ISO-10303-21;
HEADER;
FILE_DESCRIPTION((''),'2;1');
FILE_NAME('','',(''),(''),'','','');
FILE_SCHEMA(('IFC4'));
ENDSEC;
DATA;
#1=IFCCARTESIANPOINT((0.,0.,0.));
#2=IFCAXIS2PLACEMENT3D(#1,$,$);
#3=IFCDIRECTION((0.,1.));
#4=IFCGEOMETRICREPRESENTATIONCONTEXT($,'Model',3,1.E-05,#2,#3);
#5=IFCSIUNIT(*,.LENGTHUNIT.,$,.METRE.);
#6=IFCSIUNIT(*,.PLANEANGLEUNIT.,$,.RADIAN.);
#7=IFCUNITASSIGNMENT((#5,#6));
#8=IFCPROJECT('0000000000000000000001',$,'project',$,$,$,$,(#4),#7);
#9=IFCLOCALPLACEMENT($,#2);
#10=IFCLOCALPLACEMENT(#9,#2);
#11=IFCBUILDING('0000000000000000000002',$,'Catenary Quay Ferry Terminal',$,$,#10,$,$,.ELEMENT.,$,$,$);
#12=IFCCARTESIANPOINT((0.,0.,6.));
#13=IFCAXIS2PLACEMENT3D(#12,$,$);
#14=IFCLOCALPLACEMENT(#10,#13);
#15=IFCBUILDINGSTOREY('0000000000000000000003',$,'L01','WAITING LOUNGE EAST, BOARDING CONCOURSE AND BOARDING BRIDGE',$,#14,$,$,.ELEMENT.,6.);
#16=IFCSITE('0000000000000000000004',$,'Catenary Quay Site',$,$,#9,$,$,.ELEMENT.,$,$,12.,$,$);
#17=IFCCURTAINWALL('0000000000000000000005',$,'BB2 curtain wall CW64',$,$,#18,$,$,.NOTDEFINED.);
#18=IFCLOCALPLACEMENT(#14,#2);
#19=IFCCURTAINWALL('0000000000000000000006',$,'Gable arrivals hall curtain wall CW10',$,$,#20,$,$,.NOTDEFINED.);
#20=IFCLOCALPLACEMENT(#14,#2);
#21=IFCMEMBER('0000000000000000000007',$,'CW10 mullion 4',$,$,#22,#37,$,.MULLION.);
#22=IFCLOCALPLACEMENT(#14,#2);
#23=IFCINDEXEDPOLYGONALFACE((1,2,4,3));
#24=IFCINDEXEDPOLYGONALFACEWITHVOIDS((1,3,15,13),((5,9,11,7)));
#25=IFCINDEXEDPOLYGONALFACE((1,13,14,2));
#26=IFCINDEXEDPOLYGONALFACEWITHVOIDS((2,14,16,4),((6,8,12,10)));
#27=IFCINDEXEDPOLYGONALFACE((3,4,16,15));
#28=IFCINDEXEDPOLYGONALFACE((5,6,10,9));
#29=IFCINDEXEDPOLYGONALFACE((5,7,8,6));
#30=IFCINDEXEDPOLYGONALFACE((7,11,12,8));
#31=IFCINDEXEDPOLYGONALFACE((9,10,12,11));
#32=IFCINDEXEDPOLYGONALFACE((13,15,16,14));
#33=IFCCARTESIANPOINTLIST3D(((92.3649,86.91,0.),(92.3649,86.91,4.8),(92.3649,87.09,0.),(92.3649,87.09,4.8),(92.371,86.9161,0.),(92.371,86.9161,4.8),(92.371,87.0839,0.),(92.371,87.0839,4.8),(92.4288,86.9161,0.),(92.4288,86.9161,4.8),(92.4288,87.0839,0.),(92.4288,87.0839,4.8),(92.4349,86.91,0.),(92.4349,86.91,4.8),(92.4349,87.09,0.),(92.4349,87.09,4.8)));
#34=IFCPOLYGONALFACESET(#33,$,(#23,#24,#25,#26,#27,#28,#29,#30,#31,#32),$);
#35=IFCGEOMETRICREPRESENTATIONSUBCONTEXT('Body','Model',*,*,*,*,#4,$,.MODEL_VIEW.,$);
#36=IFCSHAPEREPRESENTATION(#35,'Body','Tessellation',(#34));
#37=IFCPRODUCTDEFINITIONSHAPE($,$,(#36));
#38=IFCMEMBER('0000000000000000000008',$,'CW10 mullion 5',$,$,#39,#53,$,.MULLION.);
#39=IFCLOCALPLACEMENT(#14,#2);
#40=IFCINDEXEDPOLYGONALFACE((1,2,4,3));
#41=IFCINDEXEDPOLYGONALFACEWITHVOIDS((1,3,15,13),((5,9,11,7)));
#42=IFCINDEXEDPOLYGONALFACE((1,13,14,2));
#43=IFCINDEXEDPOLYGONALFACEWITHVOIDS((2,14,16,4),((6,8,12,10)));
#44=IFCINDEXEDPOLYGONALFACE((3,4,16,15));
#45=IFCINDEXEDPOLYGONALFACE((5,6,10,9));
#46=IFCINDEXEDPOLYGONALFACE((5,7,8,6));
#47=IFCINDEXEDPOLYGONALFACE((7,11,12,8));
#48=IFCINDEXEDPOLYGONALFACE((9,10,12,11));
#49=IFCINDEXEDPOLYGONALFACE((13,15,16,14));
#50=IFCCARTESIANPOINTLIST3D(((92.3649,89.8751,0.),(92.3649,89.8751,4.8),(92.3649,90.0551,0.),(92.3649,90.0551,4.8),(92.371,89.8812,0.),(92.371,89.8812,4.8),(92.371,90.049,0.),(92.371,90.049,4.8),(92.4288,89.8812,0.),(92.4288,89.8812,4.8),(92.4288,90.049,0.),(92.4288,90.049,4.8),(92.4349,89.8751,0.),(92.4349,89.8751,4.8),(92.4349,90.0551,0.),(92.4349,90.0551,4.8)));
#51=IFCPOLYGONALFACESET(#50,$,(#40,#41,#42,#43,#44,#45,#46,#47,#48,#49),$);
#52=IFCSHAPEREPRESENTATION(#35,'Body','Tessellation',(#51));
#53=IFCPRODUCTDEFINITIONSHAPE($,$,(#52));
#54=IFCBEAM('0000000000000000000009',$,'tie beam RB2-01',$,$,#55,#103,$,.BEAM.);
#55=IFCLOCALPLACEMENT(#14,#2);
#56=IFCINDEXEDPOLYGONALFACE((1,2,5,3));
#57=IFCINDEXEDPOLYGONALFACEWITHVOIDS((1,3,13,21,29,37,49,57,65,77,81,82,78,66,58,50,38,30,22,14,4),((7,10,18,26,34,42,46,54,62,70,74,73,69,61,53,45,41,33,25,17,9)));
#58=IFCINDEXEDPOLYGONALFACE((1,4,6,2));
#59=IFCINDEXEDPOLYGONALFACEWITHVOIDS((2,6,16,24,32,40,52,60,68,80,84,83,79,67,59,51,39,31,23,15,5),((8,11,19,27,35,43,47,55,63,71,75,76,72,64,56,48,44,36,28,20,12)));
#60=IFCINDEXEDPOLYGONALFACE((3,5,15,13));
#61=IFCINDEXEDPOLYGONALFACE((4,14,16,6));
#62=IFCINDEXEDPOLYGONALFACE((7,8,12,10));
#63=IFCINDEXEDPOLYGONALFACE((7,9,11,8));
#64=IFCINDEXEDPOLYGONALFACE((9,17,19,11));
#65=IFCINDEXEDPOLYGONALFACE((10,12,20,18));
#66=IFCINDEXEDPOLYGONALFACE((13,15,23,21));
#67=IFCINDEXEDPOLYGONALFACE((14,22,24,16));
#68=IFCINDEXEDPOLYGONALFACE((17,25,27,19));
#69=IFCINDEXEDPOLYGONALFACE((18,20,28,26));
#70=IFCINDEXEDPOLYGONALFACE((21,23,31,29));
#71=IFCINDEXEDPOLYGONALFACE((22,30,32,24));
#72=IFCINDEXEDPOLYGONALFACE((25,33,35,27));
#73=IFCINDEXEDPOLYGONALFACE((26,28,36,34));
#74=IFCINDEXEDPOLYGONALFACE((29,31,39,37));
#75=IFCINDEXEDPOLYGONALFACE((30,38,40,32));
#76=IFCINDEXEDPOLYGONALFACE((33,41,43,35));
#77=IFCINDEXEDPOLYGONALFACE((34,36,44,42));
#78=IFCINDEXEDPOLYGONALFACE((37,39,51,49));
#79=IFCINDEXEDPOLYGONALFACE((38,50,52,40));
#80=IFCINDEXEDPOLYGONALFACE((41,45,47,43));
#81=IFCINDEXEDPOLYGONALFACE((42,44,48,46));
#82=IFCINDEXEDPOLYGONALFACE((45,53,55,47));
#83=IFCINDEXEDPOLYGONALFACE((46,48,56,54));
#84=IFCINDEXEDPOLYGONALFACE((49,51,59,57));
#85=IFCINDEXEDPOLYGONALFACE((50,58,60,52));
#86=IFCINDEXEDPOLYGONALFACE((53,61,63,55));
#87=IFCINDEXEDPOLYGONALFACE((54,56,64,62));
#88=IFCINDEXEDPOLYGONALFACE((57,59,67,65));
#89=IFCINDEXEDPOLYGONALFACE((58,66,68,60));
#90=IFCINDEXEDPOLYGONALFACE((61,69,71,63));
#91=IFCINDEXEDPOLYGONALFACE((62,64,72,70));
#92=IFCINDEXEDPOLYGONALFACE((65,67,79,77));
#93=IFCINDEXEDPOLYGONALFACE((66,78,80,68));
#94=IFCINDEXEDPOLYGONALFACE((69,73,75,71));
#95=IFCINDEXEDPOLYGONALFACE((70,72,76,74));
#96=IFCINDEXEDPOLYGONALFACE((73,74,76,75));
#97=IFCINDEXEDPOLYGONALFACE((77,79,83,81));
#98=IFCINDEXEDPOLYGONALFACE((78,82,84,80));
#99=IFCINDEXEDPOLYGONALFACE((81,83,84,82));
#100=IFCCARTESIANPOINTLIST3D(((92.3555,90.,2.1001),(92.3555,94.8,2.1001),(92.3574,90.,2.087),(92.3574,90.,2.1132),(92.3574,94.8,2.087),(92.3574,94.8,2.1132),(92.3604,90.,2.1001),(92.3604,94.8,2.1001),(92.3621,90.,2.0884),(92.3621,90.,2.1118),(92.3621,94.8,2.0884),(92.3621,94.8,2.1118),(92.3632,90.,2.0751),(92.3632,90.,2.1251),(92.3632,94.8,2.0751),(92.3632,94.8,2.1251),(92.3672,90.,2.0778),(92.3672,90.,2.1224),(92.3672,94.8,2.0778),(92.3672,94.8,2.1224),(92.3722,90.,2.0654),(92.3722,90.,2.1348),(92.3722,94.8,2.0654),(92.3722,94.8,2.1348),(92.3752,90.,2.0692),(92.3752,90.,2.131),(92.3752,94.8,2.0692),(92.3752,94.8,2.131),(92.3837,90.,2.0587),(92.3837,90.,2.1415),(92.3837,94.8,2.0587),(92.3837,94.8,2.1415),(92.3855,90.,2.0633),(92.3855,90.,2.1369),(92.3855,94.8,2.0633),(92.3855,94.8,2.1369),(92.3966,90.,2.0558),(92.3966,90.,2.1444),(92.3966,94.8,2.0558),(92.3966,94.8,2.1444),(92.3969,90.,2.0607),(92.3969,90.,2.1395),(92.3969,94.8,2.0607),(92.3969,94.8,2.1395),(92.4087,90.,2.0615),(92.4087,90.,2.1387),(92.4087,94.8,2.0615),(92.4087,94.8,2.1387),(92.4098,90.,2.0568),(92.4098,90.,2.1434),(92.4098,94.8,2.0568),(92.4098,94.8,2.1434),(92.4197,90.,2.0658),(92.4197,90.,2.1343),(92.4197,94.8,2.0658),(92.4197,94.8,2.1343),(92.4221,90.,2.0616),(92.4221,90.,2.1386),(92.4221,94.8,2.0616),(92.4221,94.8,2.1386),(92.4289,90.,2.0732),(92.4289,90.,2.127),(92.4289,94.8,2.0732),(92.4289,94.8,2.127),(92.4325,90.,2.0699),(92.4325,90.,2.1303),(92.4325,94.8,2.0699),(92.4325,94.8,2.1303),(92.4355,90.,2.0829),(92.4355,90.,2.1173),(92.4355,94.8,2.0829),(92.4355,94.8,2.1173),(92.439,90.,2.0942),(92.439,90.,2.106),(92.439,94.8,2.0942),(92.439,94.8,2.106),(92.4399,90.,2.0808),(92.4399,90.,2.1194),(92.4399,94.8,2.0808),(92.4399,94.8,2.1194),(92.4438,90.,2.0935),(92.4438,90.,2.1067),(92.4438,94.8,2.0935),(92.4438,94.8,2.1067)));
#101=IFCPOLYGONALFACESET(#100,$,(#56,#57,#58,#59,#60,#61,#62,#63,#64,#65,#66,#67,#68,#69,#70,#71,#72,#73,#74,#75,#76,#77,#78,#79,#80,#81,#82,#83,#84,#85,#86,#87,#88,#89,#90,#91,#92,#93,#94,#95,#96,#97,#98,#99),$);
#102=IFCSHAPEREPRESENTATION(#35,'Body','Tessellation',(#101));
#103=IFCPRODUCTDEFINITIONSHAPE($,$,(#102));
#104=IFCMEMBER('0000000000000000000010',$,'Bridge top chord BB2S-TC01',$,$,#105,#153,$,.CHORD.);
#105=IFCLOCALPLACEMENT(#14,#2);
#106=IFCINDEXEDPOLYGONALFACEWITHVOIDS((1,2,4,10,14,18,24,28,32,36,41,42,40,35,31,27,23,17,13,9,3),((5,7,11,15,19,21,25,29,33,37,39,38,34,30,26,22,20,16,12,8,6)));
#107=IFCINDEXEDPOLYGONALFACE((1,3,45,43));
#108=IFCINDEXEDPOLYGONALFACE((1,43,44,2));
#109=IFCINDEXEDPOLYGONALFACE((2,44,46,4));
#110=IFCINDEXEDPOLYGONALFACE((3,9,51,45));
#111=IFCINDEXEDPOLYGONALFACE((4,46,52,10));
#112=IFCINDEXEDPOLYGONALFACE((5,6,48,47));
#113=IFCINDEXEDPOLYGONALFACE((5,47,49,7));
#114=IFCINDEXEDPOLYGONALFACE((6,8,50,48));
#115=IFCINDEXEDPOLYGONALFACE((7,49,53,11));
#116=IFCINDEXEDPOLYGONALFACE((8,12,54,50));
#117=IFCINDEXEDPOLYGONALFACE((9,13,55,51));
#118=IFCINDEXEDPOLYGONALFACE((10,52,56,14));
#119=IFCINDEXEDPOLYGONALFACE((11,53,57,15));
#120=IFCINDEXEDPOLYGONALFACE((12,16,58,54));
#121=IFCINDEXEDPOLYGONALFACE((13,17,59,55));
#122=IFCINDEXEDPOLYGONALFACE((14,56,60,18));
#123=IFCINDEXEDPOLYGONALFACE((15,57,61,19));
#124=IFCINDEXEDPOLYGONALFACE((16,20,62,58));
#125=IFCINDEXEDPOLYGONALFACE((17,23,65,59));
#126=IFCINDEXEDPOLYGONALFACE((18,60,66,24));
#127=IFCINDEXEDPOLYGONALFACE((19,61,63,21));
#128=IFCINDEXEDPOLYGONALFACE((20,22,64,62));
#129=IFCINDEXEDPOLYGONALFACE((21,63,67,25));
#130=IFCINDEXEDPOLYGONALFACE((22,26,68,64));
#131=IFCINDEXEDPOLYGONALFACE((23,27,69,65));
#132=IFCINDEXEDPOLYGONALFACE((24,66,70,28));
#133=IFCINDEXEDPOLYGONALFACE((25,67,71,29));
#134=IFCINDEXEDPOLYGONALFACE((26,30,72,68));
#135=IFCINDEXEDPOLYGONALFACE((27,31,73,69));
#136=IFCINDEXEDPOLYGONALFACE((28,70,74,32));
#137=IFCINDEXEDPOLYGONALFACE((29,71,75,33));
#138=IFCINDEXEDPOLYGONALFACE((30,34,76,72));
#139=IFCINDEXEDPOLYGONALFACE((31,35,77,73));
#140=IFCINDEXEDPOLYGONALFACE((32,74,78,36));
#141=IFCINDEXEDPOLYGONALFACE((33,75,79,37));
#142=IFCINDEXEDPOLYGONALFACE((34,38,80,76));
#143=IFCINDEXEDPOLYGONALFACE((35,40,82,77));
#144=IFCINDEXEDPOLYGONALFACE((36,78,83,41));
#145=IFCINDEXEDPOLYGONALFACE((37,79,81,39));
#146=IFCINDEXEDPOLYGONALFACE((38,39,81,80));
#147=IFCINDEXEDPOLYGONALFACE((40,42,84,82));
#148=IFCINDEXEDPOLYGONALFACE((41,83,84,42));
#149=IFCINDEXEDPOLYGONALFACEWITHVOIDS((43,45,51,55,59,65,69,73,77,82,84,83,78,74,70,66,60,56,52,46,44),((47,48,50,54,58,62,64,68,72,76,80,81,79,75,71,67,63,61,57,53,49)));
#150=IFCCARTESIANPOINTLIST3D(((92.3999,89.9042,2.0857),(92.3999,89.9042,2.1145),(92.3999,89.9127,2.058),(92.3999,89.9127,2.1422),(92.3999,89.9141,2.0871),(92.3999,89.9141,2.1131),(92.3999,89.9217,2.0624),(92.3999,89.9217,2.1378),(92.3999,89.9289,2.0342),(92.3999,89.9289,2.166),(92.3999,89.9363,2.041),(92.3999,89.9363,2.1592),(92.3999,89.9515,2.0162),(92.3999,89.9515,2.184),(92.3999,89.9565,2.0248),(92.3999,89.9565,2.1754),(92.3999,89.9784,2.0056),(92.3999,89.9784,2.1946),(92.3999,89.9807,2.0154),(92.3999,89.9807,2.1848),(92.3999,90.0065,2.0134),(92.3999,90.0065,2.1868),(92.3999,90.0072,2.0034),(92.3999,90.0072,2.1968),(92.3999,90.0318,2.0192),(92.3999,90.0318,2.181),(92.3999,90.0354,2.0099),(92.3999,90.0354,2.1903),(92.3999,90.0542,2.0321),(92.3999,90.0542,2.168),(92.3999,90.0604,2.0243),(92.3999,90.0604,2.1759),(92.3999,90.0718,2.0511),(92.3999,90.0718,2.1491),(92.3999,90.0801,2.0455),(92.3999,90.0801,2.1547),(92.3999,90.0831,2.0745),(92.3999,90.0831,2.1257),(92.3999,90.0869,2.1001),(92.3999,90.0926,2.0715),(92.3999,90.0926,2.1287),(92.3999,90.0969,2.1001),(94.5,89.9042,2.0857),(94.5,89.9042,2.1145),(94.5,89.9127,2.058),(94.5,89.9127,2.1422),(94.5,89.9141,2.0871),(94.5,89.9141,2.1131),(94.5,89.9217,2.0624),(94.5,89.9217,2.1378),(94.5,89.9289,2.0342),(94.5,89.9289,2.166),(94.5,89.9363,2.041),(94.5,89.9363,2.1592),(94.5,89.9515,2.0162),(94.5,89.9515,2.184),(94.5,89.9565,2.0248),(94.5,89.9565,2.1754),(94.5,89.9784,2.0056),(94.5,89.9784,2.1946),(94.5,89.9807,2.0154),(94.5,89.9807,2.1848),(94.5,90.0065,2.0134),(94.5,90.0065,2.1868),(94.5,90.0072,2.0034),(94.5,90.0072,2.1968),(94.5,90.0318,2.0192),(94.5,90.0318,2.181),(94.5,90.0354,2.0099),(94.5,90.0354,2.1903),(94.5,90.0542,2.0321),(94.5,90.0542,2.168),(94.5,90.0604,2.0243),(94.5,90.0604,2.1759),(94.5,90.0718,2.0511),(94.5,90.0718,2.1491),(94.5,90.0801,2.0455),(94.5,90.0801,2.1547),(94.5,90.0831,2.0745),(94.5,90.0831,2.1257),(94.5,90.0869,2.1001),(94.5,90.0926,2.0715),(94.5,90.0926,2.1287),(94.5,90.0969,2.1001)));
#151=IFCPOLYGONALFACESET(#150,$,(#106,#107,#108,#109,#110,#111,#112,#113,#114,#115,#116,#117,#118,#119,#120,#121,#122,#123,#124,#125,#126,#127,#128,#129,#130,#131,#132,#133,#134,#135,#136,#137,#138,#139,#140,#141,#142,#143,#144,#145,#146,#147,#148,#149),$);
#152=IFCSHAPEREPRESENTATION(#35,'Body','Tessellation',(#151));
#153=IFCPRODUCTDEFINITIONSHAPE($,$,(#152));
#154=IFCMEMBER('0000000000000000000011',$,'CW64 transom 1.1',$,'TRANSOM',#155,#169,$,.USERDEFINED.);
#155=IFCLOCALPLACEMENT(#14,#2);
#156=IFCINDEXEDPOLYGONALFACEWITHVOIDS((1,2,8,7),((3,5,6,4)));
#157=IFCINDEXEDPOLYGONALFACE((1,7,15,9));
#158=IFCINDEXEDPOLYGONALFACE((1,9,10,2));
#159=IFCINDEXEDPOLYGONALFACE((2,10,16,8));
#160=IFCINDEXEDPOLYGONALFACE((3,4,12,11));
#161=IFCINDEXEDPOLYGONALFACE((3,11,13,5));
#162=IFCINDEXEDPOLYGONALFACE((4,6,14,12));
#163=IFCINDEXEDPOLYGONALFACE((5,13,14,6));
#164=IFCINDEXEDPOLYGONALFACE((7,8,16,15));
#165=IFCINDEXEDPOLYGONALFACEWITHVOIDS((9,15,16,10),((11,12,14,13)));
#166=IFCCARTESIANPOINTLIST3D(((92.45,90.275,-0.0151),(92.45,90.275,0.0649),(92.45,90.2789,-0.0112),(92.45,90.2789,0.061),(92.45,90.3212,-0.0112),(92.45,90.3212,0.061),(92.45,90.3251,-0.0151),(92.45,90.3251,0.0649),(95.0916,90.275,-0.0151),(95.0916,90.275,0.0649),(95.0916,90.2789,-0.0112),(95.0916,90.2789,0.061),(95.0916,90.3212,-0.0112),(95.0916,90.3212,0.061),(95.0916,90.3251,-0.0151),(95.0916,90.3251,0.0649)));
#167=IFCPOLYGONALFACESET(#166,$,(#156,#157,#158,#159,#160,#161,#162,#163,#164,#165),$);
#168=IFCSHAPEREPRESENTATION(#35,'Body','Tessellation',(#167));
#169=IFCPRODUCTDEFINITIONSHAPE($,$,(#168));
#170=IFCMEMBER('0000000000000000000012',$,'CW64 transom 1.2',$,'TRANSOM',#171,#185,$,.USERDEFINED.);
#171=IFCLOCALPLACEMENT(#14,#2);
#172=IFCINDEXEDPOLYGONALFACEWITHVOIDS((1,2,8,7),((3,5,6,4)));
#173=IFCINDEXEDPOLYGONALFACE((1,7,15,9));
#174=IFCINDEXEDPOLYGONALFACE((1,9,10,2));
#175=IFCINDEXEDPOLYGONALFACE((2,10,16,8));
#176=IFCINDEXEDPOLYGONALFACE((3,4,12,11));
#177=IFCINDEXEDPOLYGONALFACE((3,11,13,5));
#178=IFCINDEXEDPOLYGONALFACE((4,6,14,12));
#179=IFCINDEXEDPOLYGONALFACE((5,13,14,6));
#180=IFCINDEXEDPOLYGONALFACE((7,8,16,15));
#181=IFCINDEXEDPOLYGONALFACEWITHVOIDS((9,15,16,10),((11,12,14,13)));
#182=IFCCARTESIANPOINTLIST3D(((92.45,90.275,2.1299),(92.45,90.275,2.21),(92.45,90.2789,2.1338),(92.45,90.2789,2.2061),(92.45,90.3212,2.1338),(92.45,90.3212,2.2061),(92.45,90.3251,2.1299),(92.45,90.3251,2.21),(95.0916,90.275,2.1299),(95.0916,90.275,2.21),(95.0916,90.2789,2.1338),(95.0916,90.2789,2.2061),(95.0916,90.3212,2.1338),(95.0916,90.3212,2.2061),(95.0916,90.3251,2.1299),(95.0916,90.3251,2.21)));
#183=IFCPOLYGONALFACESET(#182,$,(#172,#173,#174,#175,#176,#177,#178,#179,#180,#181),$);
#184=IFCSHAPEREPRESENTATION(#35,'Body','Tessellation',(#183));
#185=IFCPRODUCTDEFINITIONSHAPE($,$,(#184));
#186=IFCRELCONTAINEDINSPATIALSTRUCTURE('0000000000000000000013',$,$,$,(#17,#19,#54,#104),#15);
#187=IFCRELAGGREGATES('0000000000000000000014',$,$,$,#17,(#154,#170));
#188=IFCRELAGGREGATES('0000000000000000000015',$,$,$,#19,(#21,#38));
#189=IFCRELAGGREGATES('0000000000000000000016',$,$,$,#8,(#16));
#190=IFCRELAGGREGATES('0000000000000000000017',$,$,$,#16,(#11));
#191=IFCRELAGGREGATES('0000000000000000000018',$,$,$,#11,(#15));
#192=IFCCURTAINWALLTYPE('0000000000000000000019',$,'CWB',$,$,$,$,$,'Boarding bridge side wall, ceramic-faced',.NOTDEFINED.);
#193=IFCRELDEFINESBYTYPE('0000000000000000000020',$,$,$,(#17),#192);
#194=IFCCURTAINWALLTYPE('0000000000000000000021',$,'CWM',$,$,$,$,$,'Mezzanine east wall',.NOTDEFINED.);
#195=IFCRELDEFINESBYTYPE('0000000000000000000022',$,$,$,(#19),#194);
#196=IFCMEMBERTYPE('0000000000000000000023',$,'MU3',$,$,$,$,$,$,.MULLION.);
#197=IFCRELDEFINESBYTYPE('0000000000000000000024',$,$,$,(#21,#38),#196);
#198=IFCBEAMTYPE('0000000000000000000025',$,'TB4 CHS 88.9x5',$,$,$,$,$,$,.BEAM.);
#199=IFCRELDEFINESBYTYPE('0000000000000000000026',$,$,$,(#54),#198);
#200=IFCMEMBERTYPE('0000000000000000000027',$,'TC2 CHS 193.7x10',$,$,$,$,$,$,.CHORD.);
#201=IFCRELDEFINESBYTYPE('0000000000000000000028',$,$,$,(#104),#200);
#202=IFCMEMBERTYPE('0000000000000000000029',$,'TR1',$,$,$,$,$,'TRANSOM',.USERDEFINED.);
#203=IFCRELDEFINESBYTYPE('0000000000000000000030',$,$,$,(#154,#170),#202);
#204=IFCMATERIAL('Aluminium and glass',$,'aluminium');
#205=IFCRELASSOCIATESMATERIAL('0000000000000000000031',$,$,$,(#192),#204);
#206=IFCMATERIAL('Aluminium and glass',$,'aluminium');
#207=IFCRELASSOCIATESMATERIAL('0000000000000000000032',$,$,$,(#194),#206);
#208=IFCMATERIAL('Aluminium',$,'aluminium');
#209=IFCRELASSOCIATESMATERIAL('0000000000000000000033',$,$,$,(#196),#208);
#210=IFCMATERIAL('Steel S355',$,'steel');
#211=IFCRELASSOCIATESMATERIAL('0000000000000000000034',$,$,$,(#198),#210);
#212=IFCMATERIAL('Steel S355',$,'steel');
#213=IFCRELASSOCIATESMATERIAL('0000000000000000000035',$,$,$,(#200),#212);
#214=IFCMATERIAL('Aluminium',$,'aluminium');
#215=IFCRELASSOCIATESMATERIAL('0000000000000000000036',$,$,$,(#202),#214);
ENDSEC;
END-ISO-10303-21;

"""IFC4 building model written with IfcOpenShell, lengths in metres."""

from ifc_helpers import new_model, si_unit, direction, frame, origin, origin_2d, place, context, subcontext, project, spatial, hollow_rectangle, hollow_circle, extrude, material, material_profile, profile_set, type_object, element, aggregate, save


model = new_model("IFC4")

# Units and contexts
model_context = context("Model", 3, precision=1e-05, world=origin(), true_north=direction((0.0, 1.0)))
body_context = subcontext(model_context, "Body", "Model", "MODEL_VIEW")
ifc_project = project(units=[si_unit("LENGTHUNIT", "METRE"), si_unit("PLANEANGLEUNIT", "RADIAN")], contexts=[model_context])

# Site, building, storey
site_placement = place(None, origin())
site = spatial("IfcSite", under=ifc_project, at=site_placement, Name="Catenary Quay Site", CompositionType="ELEMENT", RefElevation=12.0)
building_placement = place(site_placement, origin())
building = spatial("IfcBuilding", under=site, at=building_placement, Name="Catenary Quay Ferry Terminal", CompositionType="ELEMENT")
storey_placement = place(building_placement, frame((0.0, 0.0, 6.0)))
storey = spatial("IfcBuildingStorey", under=building, at=storey_placement, Name="L01", Description="WAITING LOUNGE EAST, BOARDING CONCOURSE AND BOARDING BRIDGE", CompositionType="ELEMENT", Elevation=6.0)

# Curtain wall
ifc_material_1 = material(Name="Aluminium and glass", Category="aluminium")
curtain_wall_type_1 = type_object("IfcCurtainWallType", Name="CWB", ElementType="Boarding bridge side wall, ceramic-faced", PredefinedType="NOTDEFINED", material=ifc_material_1)
curtain_wall_1_placement = place(storey_placement, origin())
curtain_wall_1 = element("IfcCurtainWall", 1, at=curtain_wall_1_placement, inside=storey, type_object=curtain_wall_type_1, Name="BB2 curtain wall CW64", PredefinedType="NOTDEFINED")

# Curtain wall, members
ifc_material_2 = material(Name="Aluminium and glass", Category="aluminium")
curtain_wall_type_2 = type_object("IfcCurtainWallType", Name="CWM", ElementType="Mezzanine east wall", PredefinedType="NOTDEFINED", material=ifc_material_2)
curtain_wall_2_placement = place(storey_placement, origin())
curtain_wall_2 = element("IfcCurtainWall", 2, at=curtain_wall_2_placement, inside=storey, type_object=curtain_wall_type_2, Name="Gable arrivals hall curtain wall CW10", PredefinedType="NOTDEFINED")
ifc_material_3 = material(Name="Aluminium", Category="aluminium")
ifc_material_profile_1 = material_profile(ifc_material_3, hollow_rectangle(XDim=0.0701, YDim=0.1799, WallThickness=0.0061, at=origin_2d()), Name="MU3")
ifc_profile_set_1 = profile_set([ifc_material_profile_1], Name="Aluminium")
member_type_1 = type_object("IfcMemberType", Name="MU3", PredefinedType="MULLION", material=ifc_profile_set_1)
member_1_placement = place(storey_placement, frame((92.3999, 87.0, 0.0), z_axis=(0.0, 0.0, 1.0), x_axis=(-1.0, 0.0, 0.0)))
member_1 = element("IfcMember", 3, at=member_1_placement, type_object=member_type_1, Name="CW10 mullion 4", PredefinedType="MULLION", context=body_context, shape_type="SweptSolid", body=[
    extrude(hollow_rectangle(XDim=0.0701, YDim=0.1799, WallThickness=0.0061, at=origin_2d()), origin(), (0.0, 0.0, 1.0), 4.8),
])
member_2_placement = place(storey_placement, frame((92.3999, 89.9651, 0.0), z_axis=(0.0, 0.0, 1.0), x_axis=(-1.0, 0.0, 0.0)))
member_2 = element("IfcMember", 4, at=member_2_placement, type_object=member_type_1, Name="CW10 mullion 5", PredefinedType="MULLION", context=body_context, shape_type="SweptSolid", body=[
    extrude(hollow_rectangle(XDim=0.0701, YDim=0.1799, WallThickness=0.0061, at=origin_2d()), origin(), (0.0, 0.0, 1.0), 4.8),
])

# Beam
ifc_material_4 = material(Name="Steel S355", Category="steel")
ifc_material_profile_2 = material_profile(ifc_material_4, hollow_circle(Radius=0.0444, WallThickness=0.0049, at=origin_2d()), Name="CHS 88.9x5")
ifc_profile_set_2 = profile_set([ifc_material_profile_2], Name="Steel S355")
beam_type = type_object("IfcBeamType", Name="TB4 CHS 88.9x5", PredefinedType="BEAM", material=ifc_profile_set_2)
beam_placement = place(storey_placement, frame((92.3999, 90.0, 2.1001), z_axis=(0.0, 1.0, 0.0), x_axis=(-1.0, 0.0, 0.0)))
element("IfcBeam", 5, at=beam_placement, inside=storey, type_object=beam_type, Name="tie beam RB2-01", PredefinedType="BEAM", context=body_context, shape_type="SweptSolid", body=[
    extrude(hollow_circle(Radius=0.0444, WallThickness=0.0049, at=origin_2d()), origin(), (0.0, 0.0, 1.0), 4.8),
])

# Members
ifc_material_5 = material(Name="Steel S355", Category="steel")
ifc_material_profile_3 = material_profile(ifc_material_5, hollow_circle(Radius=0.0969, WallThickness=0.01, at=origin_2d()), Name="CHS 193.7x10")
ifc_profile_set_3 = profile_set([ifc_material_profile_3], Name="Steel S355")
member_type_2 = type_object("IfcMemberType", Name="TC2 CHS 193.7x10", PredefinedType="CHORD", material=ifc_profile_set_3)
member_3_placement = place(storey_placement, frame((92.3999, 90.0, 2.1001), z_axis=(1.0, 0.0, 0.0), x_axis=(0.0, 1.0, 0.0)))
element("IfcMember", 6, at=member_3_placement, inside=storey, type_object=member_type_2, Name="Bridge top chord BB2S-TC01", PredefinedType="CHORD", context=body_context, shape_type="SweptSolid", body=[
    extrude(hollow_circle(Radius=0.0969, WallThickness=0.01, at=origin_2d()), origin(), (0.0, 0.0, 1.0), 2.1001),
])
ifc_material_6 = material(Name="Aluminium", Category="aluminium")
ifc_material_profile_4 = material_profile(ifc_material_6, hollow_rectangle(XDim=0.05, YDim=0.0801, WallThickness=0.0039, at=origin_2d()), Name="TR1")
ifc_profile_set_4 = profile_set([ifc_material_profile_4], Name="Aluminium")
member_type_3 = type_object("IfcMemberType", Name="TR1", ElementType="TRANSOM", PredefinedType="USERDEFINED", material=ifc_profile_set_4)
member_4_placement = place(storey_placement, frame((92.45, 90.3, 0.0249), z_axis=(1.0, 0.0, 0.0), x_axis=(0.0, 1.0, 0.0)))
member_4 = element("IfcMember", 7, at=member_4_placement, type_object=member_type_3, Name="CW64 transom 1.1", ObjectType="TRANSOM", PredefinedType="USERDEFINED", context=body_context, shape_type="SweptSolid", body=[
    extrude(hollow_rectangle(XDim=0.05, YDim=0.0801, WallThickness=0.0039, at=origin_2d()), origin(), (0.0, 0.0, 1.0), 2.6416),
])
member_5_placement = place(storey_placement, frame((92.45, 90.3, 2.1699), z_axis=(1.0, 0.0, 0.0), x_axis=(0.0, 1.0, 0.0)))
member_5 = element("IfcMember", 8, at=member_5_placement, type_object=member_type_3, Name="CW64 transom 1.2", ObjectType="TRANSOM", PredefinedType="USERDEFINED", context=body_context, shape_type="SweptSolid", body=[
    extrude(hollow_rectangle(XDim=0.05, YDim=0.0801, WallThickness=0.0039, at=origin_2d()), origin(), (0.0, 0.0, 1.0), 2.6416),
])
aggregate(curtain_wall_1, [member_4, member_5])

aggregate(curtain_wall_2, [member_1, member_2])

save(model, "model.ifc")
